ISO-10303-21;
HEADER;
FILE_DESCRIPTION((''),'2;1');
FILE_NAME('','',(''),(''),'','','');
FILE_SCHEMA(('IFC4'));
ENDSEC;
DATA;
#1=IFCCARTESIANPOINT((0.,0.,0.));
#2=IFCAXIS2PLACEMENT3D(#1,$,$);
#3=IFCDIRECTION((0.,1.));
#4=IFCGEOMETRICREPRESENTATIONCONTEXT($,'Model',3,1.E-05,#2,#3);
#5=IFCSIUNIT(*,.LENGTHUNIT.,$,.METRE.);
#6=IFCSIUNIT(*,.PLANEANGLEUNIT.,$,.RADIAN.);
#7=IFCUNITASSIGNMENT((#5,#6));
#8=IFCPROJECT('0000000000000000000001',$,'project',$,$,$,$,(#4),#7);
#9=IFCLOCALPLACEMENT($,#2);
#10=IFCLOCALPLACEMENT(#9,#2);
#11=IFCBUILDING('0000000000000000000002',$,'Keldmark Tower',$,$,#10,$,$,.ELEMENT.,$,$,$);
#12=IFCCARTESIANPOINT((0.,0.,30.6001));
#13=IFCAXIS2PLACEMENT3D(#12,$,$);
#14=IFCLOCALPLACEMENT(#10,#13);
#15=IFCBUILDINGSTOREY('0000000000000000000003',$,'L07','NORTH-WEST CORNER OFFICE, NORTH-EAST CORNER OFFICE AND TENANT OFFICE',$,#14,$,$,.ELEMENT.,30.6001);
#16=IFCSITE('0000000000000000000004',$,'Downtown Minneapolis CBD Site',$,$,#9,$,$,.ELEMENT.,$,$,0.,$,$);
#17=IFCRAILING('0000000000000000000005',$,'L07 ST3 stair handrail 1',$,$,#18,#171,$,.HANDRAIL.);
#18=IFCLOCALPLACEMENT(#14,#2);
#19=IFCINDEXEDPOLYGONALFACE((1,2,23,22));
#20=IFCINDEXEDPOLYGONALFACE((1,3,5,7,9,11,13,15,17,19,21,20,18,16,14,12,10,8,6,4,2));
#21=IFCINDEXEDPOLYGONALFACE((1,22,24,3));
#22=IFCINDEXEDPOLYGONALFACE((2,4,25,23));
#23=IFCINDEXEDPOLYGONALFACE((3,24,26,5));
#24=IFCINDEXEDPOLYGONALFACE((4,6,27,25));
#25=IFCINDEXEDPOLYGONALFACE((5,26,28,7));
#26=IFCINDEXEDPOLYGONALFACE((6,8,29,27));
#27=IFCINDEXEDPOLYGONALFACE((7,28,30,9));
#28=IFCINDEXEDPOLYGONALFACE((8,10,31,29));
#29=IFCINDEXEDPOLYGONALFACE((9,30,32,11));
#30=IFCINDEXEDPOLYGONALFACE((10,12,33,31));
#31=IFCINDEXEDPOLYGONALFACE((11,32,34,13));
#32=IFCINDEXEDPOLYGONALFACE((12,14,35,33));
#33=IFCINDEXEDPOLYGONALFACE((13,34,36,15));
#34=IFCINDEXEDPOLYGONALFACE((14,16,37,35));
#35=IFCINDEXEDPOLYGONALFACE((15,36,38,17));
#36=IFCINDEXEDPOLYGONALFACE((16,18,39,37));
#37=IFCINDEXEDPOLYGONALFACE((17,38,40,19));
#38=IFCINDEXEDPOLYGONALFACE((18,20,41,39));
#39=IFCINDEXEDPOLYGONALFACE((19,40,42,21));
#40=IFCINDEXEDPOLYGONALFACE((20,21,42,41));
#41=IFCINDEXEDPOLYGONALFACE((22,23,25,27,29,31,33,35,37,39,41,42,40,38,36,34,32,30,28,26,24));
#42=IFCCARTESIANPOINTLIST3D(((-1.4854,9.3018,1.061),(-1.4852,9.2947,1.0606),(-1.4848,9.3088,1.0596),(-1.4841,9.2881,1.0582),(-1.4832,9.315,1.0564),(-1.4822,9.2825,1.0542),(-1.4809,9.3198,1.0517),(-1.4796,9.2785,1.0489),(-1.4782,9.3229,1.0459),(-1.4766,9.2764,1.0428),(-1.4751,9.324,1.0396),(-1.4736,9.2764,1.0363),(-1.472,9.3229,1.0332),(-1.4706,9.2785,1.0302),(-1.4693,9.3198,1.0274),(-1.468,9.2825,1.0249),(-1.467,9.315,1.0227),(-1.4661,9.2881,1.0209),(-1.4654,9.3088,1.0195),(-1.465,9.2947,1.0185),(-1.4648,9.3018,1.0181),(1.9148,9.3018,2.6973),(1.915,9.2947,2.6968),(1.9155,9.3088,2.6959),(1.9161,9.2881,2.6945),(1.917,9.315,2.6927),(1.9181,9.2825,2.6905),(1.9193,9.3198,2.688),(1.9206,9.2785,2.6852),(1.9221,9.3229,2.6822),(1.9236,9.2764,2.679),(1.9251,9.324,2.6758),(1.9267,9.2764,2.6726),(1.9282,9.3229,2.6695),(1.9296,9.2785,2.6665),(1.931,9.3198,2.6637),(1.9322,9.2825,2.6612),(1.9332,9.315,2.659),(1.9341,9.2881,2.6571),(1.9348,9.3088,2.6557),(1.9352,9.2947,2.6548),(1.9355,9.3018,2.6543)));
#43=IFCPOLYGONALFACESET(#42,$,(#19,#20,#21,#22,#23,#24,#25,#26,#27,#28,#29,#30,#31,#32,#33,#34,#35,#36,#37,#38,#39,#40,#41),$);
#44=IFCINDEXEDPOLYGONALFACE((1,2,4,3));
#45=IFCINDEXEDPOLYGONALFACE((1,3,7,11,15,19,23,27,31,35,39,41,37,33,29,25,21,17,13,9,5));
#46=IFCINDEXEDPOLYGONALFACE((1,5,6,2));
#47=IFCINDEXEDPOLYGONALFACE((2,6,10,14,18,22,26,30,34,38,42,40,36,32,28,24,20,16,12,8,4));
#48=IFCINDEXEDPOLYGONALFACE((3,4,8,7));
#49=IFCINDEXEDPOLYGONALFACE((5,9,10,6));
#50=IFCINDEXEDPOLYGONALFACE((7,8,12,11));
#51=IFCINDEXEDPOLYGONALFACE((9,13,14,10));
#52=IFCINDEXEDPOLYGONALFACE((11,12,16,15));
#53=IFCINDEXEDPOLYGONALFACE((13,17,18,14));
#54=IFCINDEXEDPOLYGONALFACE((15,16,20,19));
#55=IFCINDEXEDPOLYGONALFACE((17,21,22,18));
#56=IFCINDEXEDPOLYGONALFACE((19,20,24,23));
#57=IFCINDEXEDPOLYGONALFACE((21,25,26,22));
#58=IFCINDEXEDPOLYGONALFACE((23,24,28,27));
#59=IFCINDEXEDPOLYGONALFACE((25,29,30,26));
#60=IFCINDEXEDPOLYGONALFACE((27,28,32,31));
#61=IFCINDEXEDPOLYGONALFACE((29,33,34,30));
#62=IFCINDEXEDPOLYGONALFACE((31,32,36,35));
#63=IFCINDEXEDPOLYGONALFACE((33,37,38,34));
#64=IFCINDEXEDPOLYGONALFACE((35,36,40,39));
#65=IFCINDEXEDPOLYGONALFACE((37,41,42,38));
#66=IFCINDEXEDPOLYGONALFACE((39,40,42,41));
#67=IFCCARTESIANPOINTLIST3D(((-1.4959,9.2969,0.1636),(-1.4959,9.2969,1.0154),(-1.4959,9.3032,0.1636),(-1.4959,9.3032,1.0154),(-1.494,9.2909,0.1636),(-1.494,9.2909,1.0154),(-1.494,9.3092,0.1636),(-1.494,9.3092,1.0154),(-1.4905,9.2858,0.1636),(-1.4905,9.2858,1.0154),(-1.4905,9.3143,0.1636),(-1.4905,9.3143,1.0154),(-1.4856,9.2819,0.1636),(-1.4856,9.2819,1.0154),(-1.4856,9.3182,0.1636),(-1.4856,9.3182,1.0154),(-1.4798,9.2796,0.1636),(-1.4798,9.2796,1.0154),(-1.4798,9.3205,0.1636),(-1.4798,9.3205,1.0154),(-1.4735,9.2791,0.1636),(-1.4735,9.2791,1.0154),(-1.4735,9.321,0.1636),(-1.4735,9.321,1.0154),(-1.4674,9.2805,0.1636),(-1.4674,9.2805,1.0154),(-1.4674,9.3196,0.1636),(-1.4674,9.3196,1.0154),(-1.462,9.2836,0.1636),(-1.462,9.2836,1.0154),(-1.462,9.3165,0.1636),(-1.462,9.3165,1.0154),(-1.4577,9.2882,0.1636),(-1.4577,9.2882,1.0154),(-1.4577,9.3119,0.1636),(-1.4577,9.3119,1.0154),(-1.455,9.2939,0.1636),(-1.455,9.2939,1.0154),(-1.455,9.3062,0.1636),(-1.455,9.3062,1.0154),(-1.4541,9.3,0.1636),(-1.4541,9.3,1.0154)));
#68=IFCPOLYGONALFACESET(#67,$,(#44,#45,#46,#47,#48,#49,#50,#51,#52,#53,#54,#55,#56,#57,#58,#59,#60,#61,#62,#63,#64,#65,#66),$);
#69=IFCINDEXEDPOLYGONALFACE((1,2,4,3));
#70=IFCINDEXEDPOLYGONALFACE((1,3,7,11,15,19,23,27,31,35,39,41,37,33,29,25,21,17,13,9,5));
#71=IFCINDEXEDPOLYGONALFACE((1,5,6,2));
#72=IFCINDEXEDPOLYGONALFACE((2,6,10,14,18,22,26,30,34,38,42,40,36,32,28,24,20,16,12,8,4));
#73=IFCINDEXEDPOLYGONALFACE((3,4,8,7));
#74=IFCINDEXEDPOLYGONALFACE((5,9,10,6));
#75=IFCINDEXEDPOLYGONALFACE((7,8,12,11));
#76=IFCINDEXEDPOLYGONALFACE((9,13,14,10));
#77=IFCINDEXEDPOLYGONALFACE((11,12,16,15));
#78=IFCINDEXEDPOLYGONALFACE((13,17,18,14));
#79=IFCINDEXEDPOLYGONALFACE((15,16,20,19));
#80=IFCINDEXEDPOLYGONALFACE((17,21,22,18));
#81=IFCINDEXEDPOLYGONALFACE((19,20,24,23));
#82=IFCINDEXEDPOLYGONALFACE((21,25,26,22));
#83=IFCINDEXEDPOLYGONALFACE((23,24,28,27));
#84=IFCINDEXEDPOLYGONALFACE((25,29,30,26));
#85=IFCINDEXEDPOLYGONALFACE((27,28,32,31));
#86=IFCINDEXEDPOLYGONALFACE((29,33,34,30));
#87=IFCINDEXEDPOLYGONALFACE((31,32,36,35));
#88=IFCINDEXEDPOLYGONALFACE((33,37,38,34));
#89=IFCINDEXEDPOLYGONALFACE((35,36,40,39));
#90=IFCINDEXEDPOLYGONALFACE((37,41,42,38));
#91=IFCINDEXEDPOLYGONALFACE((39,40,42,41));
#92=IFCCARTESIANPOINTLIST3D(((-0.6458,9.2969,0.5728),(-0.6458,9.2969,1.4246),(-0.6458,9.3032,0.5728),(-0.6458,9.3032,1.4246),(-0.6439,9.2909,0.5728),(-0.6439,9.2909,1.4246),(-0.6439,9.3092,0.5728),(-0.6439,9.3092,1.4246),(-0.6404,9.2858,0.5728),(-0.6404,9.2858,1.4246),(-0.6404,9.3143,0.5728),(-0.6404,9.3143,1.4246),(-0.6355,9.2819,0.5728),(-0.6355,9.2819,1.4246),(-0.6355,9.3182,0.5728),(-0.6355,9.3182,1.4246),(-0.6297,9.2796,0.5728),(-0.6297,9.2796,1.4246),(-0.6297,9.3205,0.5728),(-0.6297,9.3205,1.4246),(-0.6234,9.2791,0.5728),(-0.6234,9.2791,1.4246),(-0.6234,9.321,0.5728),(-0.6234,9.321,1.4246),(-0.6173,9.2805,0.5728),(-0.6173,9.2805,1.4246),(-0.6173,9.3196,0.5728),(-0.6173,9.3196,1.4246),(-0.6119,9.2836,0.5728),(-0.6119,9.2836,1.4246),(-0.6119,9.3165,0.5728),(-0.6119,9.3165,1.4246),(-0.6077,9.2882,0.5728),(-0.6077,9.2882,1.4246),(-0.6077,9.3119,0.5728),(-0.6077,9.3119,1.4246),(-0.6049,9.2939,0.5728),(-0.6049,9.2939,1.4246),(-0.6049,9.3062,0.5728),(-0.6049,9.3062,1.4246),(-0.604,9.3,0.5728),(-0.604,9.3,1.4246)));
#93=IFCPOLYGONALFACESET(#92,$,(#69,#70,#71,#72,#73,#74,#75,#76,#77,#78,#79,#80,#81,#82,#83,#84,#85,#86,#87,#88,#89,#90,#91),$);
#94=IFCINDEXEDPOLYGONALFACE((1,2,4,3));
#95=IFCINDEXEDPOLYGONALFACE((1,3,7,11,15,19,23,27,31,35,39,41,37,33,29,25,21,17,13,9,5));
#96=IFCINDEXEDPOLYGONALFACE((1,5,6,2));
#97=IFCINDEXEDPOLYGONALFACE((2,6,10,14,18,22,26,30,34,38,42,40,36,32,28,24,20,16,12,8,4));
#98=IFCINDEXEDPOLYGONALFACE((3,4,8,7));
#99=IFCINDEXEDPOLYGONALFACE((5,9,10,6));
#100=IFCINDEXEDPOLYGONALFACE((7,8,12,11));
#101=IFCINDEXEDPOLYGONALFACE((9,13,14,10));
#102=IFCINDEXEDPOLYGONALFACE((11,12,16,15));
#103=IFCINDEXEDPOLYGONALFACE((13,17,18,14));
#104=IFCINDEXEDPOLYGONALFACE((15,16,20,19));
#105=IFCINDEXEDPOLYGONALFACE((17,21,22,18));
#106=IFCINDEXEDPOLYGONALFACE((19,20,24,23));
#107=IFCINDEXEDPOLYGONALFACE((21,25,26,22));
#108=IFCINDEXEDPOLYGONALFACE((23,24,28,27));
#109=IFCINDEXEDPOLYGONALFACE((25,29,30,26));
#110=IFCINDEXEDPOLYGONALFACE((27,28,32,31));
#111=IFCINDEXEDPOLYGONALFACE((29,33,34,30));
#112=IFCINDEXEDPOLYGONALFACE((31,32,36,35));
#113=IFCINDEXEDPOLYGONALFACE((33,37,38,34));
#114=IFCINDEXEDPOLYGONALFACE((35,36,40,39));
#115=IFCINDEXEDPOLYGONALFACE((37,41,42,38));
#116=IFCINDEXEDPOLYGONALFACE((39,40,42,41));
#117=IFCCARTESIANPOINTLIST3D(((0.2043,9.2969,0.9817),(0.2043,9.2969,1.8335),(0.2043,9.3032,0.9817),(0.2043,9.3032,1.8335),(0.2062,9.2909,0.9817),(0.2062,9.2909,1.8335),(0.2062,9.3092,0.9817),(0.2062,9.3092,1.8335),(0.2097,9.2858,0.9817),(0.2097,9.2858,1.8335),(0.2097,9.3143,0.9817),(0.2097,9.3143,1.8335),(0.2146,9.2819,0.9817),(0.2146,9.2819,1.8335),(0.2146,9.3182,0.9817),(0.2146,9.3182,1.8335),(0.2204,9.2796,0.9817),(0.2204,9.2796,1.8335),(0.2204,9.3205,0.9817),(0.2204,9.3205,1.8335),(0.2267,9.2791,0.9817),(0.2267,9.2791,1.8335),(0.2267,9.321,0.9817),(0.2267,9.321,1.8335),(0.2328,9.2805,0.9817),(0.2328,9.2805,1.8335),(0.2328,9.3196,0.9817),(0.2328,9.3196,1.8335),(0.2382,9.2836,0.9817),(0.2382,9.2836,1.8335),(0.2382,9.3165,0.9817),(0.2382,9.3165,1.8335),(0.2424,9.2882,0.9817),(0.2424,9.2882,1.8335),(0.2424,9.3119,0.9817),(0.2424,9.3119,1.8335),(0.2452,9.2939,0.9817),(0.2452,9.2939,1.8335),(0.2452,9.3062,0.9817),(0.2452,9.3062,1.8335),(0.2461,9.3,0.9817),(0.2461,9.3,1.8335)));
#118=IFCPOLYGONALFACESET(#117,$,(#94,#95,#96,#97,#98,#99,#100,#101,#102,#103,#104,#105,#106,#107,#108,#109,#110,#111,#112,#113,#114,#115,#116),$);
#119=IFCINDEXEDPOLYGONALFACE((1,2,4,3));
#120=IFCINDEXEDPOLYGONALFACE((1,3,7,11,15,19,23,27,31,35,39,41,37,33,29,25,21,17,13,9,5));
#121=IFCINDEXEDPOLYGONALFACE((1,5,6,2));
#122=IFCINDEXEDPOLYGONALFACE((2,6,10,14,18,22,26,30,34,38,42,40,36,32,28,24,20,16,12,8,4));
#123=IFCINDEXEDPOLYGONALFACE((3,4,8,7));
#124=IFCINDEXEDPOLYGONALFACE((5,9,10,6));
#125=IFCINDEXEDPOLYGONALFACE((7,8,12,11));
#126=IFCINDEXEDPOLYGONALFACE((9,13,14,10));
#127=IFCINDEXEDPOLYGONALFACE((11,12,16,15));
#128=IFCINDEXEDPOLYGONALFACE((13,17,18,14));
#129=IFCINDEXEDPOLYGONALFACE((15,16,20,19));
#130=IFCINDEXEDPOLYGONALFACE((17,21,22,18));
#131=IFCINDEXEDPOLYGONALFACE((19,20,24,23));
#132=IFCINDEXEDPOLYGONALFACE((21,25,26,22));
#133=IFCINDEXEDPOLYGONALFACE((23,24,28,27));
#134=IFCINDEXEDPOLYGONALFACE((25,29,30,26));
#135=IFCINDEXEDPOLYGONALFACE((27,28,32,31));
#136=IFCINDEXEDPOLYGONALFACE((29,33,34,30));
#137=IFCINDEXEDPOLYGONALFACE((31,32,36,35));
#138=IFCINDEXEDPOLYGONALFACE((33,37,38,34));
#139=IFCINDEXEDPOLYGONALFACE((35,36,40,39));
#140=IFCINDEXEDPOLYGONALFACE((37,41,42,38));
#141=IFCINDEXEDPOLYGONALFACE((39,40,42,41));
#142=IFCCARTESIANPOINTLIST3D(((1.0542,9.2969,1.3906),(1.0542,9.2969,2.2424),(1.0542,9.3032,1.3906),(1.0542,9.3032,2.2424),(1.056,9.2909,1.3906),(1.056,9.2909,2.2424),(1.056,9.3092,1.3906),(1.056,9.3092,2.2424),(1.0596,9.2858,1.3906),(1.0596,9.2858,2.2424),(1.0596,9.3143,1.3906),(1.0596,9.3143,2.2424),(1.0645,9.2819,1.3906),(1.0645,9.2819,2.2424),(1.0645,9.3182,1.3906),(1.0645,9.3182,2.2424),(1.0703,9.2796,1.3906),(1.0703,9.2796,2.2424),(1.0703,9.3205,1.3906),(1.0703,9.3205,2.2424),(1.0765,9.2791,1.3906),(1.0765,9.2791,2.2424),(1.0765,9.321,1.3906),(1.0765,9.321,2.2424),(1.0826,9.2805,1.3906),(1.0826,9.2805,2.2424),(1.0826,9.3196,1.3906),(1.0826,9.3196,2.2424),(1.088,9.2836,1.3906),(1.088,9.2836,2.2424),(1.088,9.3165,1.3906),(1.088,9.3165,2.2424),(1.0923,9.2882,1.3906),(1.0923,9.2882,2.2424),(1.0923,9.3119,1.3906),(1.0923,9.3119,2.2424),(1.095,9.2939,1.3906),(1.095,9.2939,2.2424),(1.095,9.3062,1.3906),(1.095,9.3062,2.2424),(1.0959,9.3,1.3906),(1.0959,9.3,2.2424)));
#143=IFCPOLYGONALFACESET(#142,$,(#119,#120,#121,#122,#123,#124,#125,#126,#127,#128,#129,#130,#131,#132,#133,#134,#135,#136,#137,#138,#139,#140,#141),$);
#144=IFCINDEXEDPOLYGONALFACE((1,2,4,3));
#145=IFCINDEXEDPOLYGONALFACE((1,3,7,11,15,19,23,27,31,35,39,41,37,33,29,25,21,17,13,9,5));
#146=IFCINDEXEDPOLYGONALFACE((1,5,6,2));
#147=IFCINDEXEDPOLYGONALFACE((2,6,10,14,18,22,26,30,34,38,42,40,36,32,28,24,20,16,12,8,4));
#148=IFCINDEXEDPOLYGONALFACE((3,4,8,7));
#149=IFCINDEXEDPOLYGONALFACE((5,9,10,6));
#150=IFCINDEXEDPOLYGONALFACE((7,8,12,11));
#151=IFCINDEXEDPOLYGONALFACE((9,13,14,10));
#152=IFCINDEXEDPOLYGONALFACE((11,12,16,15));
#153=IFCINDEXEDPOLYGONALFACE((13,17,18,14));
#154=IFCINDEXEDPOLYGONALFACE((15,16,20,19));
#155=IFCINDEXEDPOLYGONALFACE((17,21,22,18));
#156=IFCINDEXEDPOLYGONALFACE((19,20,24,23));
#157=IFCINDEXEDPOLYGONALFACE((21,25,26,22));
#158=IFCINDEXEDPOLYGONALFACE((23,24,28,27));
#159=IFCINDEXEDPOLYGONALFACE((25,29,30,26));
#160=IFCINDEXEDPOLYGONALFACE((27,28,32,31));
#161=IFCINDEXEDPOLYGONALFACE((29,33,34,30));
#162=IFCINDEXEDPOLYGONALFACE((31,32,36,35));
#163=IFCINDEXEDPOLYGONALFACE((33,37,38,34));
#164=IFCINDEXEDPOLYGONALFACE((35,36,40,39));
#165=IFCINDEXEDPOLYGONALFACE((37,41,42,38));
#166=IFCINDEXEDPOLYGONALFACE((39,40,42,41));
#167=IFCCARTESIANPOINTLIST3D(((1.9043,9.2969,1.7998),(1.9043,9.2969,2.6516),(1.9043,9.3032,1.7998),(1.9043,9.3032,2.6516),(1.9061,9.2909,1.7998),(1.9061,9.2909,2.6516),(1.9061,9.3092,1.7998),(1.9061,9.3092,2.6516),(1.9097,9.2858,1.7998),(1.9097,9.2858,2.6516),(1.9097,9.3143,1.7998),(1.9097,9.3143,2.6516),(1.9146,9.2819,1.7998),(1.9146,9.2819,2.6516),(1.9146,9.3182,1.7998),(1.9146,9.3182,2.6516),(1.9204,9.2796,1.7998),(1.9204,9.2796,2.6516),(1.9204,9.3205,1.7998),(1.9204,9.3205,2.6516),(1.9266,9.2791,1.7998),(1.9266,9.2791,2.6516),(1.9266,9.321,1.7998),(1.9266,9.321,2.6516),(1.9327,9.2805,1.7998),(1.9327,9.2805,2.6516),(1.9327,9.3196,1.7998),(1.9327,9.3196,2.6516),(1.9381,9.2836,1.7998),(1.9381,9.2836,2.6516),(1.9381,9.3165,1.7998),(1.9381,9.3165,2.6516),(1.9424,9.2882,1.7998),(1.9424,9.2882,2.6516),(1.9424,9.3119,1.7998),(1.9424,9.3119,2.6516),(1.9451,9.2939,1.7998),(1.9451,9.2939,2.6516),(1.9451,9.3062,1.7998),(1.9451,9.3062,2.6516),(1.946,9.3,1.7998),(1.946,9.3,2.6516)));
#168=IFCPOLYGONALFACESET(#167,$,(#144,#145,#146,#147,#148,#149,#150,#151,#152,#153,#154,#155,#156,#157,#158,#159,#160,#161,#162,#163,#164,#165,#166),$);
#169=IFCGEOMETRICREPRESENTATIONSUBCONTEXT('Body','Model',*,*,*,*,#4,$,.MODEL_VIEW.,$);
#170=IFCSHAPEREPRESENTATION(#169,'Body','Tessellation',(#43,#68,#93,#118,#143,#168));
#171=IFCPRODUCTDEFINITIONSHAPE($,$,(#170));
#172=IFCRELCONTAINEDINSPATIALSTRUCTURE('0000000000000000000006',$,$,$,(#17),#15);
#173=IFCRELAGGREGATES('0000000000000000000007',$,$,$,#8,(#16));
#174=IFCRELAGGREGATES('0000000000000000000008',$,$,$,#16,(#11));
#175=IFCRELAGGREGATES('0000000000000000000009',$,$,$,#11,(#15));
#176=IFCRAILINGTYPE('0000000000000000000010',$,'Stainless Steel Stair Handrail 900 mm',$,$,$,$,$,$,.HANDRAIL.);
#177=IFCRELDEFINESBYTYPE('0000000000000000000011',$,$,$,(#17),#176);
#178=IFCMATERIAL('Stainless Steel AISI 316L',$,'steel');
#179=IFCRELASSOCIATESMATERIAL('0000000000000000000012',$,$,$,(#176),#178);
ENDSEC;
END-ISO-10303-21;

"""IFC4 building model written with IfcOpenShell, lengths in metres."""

from ifc_helpers import new_model, si_unit, direction, frame, origin, origin_2d, place, context, subcontext, project, spatial, circle, extrude, material, type_object, element, save


model = new_model("IFC4")

# Units and contexts
model_context = context("Model", 3, precision=1e-05, world=origin(), true_north=direction((0.0, 1.0)))
body_context = subcontext(model_context, "Body", "Model", "MODEL_VIEW")
ifc_project = project(units=[si_unit("LENGTHUNIT", "METRE"), si_unit("PLANEANGLEUNIT", "RADIAN")], contexts=[model_context])

# Site, building, storey
site_placement = place(None, origin())
site = spatial("IfcSite", under=ifc_project, at=site_placement, Name="Downtown Minneapolis CBD Site", CompositionType="ELEMENT", RefElevation=0.0)
building_placement = place(site_placement, origin())
building = spatial("IfcBuilding", under=site, at=building_placement, Name="Keldmark Tower", CompositionType="ELEMENT")
storey_placement = place(building_placement, frame((0.0, 0.0, 30.6001)))
storey = spatial("IfcBuildingStorey", under=building, at=storey_placement, Name="L07", Description="NORTH-WEST CORNER OFFICE, NORTH-EAST CORNER OFFICE AND TENANT OFFICE", CompositionType="ELEMENT", Elevation=30.6001)

# Railing
ifc_material_1 = material(Name="Stainless Steel AISI 316L", Category="steel")
railing_type_1 = type_object("IfcRailingType", Name="Stainless Steel Stair Handrail 900 mm", PredefinedType="HANDRAIL", material=ifc_material_1)
railing_1_placement = place(storey_placement, frame((-1.4751, 9.3, 0.1636)))
element("IfcRailing", 1, at=railing_1_placement, inside=storey, type_object=railing_type_1, Name="L07 ST3 stair handrail 1", PredefinedType="HANDRAIL", context=body_context, shape_type="SweptSolid", body=[
    extrude(circle(Radius=0.0239, at=origin_2d()), frame((0.0, 0.0, 0.876), z_axis=(0.901093, 0.0, 0.433627), x_axis=(0.0, 1.0, 0.0)), (0.0, 0.0, 1.0), 3.7734),
    extrude(circle(Radius=0.021, at=origin_2d()), origin(), (0.0, 0.0, 1.0), 0.8518),
    extrude(circle(Radius=0.021, at=origin_2d()), frame((0.8501, 0.0, 0.4092)), (0.0, 0.0, 1.0), 0.8518),
    extrude(circle(Radius=0.021, at=origin_2d()), frame((1.7002, 0.0, 0.8181)), (0.0, 0.0, 1.0), 0.8518),
    extrude(circle(Radius=0.021, at=origin_2d()), frame((2.55, 0.0, 1.2271)), (0.0, 0.0, 1.0), 0.8518),
    extrude(circle(Radius=0.021, at=origin_2d()), frame((3.4001, 0.0, 1.6362)), (0.0, 0.0, 1.0), 0.8518),
])

save(model, "model.ifc")
